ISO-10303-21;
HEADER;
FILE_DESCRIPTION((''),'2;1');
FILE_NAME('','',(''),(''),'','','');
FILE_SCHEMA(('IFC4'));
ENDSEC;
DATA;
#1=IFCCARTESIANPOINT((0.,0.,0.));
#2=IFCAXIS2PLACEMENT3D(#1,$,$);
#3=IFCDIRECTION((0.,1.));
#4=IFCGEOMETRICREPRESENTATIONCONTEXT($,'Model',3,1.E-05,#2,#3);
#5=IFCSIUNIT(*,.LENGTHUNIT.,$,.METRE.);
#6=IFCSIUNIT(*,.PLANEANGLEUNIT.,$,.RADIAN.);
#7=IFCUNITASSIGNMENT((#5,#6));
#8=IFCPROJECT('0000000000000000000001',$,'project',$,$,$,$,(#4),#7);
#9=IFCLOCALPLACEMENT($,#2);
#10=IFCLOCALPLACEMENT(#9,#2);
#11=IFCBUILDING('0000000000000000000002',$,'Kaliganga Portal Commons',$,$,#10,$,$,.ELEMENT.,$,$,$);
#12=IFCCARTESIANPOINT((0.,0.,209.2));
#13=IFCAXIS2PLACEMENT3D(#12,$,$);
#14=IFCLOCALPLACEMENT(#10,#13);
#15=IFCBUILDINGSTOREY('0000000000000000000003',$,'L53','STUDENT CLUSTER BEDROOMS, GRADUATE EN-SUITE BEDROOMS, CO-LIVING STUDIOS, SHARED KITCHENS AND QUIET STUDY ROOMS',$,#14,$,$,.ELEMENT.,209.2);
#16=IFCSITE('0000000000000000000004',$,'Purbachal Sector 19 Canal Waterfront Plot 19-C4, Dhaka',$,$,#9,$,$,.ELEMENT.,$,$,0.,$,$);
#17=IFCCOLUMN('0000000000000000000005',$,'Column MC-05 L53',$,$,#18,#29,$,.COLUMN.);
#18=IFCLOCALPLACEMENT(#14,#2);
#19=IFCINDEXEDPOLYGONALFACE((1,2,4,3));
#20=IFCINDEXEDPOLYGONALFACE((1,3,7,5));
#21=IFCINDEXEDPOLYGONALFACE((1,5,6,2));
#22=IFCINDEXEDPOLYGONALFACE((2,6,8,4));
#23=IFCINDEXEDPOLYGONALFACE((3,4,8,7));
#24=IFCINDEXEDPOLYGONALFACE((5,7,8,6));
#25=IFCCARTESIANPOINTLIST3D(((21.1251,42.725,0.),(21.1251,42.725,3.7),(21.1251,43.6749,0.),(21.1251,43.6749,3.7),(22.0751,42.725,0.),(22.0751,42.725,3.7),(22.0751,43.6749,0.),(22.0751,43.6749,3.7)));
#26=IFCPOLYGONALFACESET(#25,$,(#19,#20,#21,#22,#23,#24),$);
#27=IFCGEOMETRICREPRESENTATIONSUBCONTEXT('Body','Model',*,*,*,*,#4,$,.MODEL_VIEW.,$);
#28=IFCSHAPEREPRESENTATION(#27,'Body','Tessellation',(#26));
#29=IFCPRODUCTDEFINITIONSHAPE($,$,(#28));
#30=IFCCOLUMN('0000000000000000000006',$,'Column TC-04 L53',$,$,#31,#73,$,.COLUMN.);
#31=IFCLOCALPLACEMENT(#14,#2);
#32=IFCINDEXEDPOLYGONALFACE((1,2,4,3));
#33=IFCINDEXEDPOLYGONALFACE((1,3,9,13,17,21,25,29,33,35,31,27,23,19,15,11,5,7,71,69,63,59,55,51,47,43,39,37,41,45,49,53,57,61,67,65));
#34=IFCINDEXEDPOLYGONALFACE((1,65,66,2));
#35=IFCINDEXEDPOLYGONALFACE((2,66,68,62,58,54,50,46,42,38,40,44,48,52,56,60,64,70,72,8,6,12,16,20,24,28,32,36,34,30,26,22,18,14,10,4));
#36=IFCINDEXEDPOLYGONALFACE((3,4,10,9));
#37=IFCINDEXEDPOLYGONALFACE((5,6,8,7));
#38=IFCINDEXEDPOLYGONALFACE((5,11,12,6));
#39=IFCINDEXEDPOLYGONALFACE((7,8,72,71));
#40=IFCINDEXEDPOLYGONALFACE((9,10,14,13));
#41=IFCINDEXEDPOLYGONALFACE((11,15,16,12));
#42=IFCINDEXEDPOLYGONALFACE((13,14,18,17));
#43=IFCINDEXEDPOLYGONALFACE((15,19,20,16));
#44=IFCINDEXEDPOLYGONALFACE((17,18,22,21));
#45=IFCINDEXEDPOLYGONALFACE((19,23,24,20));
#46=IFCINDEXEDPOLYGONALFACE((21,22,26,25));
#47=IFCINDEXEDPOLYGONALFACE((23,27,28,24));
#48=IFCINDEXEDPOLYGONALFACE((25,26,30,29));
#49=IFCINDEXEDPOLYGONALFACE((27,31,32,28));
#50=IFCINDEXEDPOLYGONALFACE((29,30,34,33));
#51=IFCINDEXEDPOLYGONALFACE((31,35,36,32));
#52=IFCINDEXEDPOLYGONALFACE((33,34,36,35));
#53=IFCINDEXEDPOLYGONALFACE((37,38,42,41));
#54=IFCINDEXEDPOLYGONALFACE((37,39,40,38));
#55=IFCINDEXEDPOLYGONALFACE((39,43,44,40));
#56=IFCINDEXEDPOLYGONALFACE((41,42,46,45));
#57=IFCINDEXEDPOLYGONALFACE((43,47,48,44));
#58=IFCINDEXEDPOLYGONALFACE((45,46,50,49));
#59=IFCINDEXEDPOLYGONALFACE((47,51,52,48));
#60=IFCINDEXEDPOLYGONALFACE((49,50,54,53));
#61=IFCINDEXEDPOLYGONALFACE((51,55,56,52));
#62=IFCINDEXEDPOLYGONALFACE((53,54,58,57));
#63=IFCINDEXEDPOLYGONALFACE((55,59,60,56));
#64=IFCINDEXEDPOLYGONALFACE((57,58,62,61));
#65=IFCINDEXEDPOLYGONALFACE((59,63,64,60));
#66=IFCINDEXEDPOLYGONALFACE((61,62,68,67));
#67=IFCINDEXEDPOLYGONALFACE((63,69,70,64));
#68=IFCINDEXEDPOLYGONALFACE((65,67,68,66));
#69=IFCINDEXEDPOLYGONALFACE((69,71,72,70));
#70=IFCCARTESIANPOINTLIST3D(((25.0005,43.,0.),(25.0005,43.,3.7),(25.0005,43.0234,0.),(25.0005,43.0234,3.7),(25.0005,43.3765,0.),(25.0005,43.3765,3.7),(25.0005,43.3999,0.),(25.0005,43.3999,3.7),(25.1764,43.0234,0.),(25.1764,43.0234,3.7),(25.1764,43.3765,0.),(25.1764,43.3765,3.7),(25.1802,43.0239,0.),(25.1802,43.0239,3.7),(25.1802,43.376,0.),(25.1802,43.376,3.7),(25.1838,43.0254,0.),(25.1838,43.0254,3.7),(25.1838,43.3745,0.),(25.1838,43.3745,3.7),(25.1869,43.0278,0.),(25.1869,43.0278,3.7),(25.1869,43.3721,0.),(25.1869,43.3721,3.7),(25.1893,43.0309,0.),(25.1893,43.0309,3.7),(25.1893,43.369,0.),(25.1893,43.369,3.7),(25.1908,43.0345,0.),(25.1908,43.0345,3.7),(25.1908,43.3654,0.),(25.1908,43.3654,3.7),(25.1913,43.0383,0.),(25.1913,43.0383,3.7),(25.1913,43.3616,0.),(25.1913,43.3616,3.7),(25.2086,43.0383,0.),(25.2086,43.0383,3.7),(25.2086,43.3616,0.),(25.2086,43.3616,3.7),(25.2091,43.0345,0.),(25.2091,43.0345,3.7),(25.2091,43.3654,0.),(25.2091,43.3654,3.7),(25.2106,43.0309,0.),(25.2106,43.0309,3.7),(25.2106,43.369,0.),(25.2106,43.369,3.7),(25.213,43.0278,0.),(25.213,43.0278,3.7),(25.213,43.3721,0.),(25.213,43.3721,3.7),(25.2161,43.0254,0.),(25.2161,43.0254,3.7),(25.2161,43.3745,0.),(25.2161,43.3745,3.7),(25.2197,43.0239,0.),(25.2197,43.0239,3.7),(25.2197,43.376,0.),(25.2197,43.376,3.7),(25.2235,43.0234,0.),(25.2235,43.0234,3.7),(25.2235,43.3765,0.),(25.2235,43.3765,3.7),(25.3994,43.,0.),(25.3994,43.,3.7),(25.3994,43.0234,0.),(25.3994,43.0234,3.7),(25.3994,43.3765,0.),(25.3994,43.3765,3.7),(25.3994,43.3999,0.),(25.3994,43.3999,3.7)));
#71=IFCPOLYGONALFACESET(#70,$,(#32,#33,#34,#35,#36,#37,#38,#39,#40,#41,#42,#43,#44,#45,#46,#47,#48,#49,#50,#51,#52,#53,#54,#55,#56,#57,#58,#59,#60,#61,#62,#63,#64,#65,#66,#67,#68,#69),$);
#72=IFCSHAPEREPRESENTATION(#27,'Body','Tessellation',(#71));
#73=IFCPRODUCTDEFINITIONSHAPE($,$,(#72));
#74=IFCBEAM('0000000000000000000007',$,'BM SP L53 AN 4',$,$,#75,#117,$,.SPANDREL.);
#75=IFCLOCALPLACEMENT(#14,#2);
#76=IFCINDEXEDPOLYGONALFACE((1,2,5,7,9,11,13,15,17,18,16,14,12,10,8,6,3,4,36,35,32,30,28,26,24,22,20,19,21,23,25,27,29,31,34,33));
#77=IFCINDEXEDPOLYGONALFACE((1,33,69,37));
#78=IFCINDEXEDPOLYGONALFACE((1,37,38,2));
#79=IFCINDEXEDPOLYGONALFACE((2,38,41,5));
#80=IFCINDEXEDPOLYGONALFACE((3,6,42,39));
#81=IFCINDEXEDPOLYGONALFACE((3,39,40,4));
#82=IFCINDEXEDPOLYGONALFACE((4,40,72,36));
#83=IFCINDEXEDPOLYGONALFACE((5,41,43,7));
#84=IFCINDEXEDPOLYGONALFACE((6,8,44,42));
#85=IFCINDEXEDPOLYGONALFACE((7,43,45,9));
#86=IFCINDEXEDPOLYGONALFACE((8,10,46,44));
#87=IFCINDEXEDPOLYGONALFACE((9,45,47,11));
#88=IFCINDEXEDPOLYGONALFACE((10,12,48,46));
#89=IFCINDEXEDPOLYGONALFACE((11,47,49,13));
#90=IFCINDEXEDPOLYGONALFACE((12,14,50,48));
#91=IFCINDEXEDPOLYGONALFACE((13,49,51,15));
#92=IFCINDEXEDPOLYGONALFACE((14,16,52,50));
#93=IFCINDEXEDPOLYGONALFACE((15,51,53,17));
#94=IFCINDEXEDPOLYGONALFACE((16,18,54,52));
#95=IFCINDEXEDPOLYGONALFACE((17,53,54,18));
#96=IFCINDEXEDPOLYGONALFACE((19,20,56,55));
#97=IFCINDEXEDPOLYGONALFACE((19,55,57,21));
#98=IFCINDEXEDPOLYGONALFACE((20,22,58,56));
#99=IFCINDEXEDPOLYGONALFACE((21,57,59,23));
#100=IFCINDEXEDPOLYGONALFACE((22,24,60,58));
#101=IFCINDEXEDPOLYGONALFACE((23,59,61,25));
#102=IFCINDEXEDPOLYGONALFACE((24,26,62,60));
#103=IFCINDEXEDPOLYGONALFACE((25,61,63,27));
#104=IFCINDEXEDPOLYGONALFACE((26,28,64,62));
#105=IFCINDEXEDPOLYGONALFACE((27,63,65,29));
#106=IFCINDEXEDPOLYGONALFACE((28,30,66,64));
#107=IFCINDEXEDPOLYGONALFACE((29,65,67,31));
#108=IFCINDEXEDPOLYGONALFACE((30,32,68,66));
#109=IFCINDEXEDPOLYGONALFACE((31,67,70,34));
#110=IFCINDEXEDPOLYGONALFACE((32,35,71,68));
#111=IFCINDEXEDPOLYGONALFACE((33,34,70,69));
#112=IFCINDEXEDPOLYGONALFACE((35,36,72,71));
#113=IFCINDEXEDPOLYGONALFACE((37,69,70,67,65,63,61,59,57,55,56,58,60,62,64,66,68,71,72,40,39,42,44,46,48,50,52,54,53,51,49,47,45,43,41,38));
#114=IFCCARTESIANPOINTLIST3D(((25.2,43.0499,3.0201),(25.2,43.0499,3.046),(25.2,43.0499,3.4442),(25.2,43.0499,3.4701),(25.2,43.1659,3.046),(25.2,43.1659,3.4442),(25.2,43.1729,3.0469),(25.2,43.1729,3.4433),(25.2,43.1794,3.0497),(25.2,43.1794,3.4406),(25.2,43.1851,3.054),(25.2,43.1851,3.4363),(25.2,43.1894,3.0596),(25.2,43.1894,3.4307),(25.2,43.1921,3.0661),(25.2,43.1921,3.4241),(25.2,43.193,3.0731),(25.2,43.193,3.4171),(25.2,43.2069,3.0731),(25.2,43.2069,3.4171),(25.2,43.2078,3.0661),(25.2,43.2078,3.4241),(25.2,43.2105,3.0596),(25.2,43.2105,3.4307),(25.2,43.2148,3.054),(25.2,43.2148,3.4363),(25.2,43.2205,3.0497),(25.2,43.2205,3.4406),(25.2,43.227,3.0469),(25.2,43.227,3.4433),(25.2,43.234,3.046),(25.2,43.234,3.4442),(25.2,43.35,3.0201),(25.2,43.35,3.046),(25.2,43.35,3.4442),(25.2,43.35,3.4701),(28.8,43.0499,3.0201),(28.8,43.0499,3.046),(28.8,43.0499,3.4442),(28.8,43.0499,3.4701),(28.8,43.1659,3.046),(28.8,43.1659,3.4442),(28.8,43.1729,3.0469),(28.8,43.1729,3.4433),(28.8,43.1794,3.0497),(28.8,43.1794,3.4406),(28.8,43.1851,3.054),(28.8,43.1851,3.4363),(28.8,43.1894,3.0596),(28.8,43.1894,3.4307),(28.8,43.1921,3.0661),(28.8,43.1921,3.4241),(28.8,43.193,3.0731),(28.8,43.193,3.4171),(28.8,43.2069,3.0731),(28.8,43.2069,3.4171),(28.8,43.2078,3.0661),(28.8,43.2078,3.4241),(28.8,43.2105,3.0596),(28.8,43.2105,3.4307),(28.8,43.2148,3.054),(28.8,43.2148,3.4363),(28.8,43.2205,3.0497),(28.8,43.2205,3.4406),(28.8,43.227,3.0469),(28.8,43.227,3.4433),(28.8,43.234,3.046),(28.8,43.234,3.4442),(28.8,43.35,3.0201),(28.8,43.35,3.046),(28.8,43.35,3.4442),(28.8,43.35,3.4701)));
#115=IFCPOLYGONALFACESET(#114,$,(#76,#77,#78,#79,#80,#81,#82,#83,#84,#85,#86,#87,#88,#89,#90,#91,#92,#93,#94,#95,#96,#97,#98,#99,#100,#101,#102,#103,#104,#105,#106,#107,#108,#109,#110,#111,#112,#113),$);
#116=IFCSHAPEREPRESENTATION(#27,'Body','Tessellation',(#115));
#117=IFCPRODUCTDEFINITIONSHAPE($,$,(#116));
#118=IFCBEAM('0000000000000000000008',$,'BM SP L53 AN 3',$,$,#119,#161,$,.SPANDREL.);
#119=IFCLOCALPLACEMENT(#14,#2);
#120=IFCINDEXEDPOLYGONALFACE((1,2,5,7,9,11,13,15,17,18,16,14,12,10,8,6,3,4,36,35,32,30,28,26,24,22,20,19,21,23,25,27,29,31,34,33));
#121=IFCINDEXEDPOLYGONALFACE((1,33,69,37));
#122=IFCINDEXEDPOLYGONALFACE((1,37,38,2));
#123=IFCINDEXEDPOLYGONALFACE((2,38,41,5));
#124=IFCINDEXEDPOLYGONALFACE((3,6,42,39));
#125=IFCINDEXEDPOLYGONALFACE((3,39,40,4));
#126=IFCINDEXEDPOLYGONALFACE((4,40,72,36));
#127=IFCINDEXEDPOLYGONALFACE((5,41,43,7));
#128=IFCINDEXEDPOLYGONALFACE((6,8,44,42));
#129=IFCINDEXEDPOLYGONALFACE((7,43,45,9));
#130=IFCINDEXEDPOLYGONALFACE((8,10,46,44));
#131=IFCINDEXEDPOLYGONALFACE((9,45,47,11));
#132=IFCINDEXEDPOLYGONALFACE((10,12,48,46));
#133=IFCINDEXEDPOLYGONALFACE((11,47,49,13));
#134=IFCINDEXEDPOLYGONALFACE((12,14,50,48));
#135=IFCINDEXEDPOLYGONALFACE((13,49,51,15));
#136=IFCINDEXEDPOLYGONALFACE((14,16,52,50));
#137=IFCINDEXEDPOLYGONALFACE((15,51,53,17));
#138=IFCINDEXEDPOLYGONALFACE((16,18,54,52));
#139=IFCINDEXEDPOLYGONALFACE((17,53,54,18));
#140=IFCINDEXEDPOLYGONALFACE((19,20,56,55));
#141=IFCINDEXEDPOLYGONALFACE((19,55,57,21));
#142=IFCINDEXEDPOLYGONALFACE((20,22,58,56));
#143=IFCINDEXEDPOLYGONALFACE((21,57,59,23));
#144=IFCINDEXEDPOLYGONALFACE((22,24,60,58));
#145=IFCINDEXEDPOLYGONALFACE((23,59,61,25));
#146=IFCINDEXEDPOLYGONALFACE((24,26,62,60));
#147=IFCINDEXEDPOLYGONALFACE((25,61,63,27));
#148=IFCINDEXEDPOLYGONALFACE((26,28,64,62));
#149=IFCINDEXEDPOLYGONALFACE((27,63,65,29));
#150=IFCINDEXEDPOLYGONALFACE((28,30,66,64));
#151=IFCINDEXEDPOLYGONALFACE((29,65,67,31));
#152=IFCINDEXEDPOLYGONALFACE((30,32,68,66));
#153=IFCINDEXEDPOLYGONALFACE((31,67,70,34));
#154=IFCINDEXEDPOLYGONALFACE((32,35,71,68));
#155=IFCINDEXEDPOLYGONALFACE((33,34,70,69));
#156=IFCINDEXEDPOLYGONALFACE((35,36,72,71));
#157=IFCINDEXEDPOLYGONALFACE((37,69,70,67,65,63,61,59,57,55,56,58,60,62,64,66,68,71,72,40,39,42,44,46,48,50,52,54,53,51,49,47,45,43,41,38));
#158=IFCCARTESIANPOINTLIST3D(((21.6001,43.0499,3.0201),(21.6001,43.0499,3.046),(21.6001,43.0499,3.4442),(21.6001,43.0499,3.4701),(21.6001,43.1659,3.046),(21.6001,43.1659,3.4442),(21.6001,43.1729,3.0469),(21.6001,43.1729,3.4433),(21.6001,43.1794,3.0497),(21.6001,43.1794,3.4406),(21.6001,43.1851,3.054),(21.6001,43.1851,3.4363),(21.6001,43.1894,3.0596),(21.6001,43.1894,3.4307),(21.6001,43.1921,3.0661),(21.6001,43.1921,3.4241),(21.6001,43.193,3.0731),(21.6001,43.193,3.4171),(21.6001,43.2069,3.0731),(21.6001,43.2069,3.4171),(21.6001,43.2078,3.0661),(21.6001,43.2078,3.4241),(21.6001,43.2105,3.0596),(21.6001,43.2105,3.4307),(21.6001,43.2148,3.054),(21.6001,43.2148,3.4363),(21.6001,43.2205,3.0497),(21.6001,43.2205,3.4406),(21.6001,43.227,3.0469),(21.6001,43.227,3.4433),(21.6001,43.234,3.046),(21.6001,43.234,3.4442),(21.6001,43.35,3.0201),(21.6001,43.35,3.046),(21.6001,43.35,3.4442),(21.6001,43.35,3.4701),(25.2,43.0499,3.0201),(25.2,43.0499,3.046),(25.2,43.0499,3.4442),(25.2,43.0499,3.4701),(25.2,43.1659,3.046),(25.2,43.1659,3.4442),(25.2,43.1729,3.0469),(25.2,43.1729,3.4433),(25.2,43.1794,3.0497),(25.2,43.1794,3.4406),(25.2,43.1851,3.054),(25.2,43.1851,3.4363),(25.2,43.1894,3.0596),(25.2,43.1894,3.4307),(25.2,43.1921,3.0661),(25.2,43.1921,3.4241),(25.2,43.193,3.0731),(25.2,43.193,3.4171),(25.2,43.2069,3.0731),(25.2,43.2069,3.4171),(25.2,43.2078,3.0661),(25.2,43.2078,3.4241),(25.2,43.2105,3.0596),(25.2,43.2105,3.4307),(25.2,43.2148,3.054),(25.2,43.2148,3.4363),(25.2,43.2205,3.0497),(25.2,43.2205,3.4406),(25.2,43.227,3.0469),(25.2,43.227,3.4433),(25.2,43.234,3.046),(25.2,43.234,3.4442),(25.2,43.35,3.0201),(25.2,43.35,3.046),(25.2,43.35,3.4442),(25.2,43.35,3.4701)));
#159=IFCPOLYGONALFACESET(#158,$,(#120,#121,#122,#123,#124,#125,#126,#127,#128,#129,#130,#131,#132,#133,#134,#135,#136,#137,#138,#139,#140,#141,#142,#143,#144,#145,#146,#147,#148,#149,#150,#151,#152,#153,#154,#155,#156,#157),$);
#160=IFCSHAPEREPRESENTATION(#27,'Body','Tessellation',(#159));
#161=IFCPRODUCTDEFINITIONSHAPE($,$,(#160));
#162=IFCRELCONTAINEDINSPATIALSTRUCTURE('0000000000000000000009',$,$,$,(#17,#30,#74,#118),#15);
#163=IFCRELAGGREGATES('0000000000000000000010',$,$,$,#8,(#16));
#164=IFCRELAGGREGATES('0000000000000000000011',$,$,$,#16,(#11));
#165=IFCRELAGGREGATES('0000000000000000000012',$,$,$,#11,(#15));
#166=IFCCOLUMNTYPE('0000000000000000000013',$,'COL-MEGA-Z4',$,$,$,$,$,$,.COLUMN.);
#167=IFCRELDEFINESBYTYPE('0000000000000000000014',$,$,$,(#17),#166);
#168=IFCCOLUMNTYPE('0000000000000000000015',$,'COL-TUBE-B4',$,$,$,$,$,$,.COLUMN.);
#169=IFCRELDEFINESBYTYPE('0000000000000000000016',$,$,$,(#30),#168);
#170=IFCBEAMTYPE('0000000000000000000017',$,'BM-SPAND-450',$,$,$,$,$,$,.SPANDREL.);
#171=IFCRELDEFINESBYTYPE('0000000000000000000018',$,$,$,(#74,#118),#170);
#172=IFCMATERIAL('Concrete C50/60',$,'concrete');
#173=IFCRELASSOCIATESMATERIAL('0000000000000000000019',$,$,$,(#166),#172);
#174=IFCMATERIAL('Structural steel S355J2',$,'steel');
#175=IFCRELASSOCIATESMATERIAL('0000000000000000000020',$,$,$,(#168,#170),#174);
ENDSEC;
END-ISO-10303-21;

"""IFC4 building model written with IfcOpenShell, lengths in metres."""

from ifc_helpers import new_model, si_unit, direction, frame, origin, origin_2d, place, context, subcontext, project, spatial, rectangle, i_section, extrude, source, transform, mapped, material, material_profile, profile_set, type_object, element, save


model = new_model("IFC4")

# Units and contexts
model_context = context("Model", 3, precision=1e-05, world=origin(), true_north=direction((0.0, 1.0)))
body_context = subcontext(model_context, "Body", "Model", "MODEL_VIEW")
ifc_project = project(units=[si_unit("LENGTHUNIT", "METRE"), si_unit("PLANEANGLEUNIT", "RADIAN")], contexts=[model_context])

# Site, building, storey
site_placement = place(None, origin())
site = spatial("IfcSite", under=ifc_project, at=site_placement, Name="Purbachal Sector 19 Canal Waterfront Plot 19-C4, Dhaka", CompositionType="ELEMENT", RefElevation=0.0)
building_placement = place(site_placement, origin())
building = spatial("IfcBuilding", under=site, at=building_placement, Name="Kaliganga Portal Commons", CompositionType="ELEMENT")
storey_placement = place(building_placement, frame((0.0, 0.0, 209.2)))
storey = spatial("IfcBuildingStorey", under=building, at=storey_placement, Name="L53", Description="STUDENT CLUSTER BEDROOMS, GRADUATE EN-SUITE BEDROOMS, CO-LIVING STUDIOS, SHARED KITCHENS AND QUIET STUDY ROOMS", CompositionType="ELEMENT", Elevation=209.2)

# Columns
ifc_material_1 = material(Name="Concrete C50/60", Category="concrete")
ifc_material_profile_1 = material_profile(ifc_material_1, rectangle(XDim=0.95, YDim=0.95, at=origin_2d()), Name="RC 950x950")
ifc_profile_set_1 = profile_set([ifc_material_profile_1], Name="Concrete C50/60")
column_type_1 = type_object("IfcColumnType", Name="COL-MEGA-Z4", PredefinedType="COLUMN", material=ifc_profile_set_1)
shared_shape_1 = source(origin(), body_context, "Body", "SweptSolid", [
    extrude(rectangle(XDim=0.95, YDim=0.95, at=origin_2d()), origin(), (0.0, 0.0, 1.0), 3.7),
])
column_1_placement = place(storey_placement, frame((21.6001, 43.2, 0.0), z_axis=(0.0, 0.0, 1.0), x_axis=(1.0, 0.0, 0.0)))
element("IfcColumn", 1, at=column_1_placement, inside=storey, type_object=column_type_1, Name="Column MC-05 L53", PredefinedType="COLUMN", context=body_context, shape_type="MappedRepresentation", body=[
    mapped(shared_shape_1, transform((0.0, 0.0, 0.0), x_axis=(1.0, 0.0, 0.0), y_axis=(0.0, 1.0, 0.0), z_axis=(0.0, 0.0, 1.0), scale=1.0)),
])
ifc_material_2 = material(Name="Structural steel S355J2", Category="steel")
ifc_material_profile_2 = material_profile(ifc_material_2, i_section(OverallWidth=0.3989, OverallDepth=0.3999, WebThickness=0.0173, FlangeThickness=0.0234, FilletRadius=0.0149, at=origin_2d()), Name="HD 400x287")
ifc_profile_set_2 = profile_set([ifc_material_profile_2], Name="Structural steel S355J2 wide-flange")
column_type_2 = type_object("IfcColumnType", Name="COL-TUBE-B4", PredefinedType="COLUMN", material=ifc_profile_set_2)
shared_shape_2 = source(origin(), body_context, "Body", "SweptSolid", [
    extrude(i_section(OverallWidth=0.3989, OverallDepth=0.3999, WebThickness=0.0173, FlangeThickness=0.0234, FilletRadius=0.0149, at=origin_2d()), origin(), (0.0, 0.0, 1.0), 3.7),
])
column_2_placement = place(storey_placement, frame((25.2, 43.2, 0.0), z_axis=(0.0, 0.0, 1.0), x_axis=(1.0, 0.0, 0.0)))
element("IfcColumn", 2, at=column_2_placement, inside=storey, type_object=column_type_2, Name="Column TC-04 L53", PredefinedType="COLUMN", context=body_context, shape_type="MappedRepresentation", body=[
    mapped(shared_shape_2, transform((0.0, 0.0, 0.0), x_axis=(1.0, 0.0, 0.0), y_axis=(0.0, 1.0, 0.0), z_axis=(0.0, 0.0, 1.0), scale=1.0)),
])

# Beams
ifc_material_profile_3 = material_profile(ifc_material_2, i_section(OverallWidth=0.3, OverallDepth=0.45, WebThickness=0.0139, FlangeThickness=0.0259, FilletRadius=0.0271, at=origin_2d()), Name="HE 450 B")
ifc_profile_set_3 = profile_set([ifc_material_profile_3], Name="Structural steel S355J2 wide-flange")
beam_type_1 = type_object("IfcBeamType", Name="BM-SPAND-450", PredefinedType="SPANDREL", material=ifc_profile_set_3)
shared_shape_3 = source(origin(), body_context, "Body", "SweptSolid", [
    extrude(i_section(OverallWidth=0.3, OverallDepth=0.45, WebThickness=0.0139, FlangeThickness=0.0259, FilletRadius=0.0271, at=origin_2d()), origin(), (0.0, 0.0, 1.0), 3.6001),
])
beam_1_placement = place(storey_placement, frame((25.2, 43.2, 3.2451), z_axis=(1.0, 0.0, 0.0), x_axis=(0.0, 1.0, 0.0)))
element("IfcBeam", 3, at=beam_1_placement, inside=storey, type_object=beam_type_1, Name="BM SP L53 AN 4", PredefinedType="SPANDREL", context=body_context, shape_type="MappedRepresentation", body=[
    mapped(shared_shape_3, transform((0.0, 0.0, 0.0), x_axis=(1.0, 0.0, 0.0), y_axis=(0.0, 1.0, 0.0), z_axis=(0.0, 0.0, 1.0), scale=1.0)),
])
shared_shape_4 = source(origin(), body_context, "Body", "SweptSolid", [
    extrude(i_section(OverallWidth=0.3, OverallDepth=0.45, WebThickness=0.0139, FlangeThickness=0.0259, FilletRadius=0.0271, at=origin_2d()), origin(), (0.0, 0.0, 1.0), 3.5999),
])
beam_2_placement = place(storey_placement, frame((21.6001, 43.2, 3.2451), z_axis=(1.0, 0.0, 0.0), x_axis=(0.0, 1.0, 0.0)))
element("IfcBeam", 4, at=beam_2_placement, inside=storey, type_object=beam_type_1, Name="BM SP L53 AN 3", PredefinedType="SPANDREL", context=body_context, shape_type="MappedRepresentation", body=[
    mapped(shared_shape_4, transform((0.0, 0.0, 0.0), x_axis=(1.0, 0.0, 0.0), y_axis=(0.0, 1.0, 0.0), z_axis=(0.0, 0.0, 1.0), scale=1.0)),
])

save(model, "model.ifc")
